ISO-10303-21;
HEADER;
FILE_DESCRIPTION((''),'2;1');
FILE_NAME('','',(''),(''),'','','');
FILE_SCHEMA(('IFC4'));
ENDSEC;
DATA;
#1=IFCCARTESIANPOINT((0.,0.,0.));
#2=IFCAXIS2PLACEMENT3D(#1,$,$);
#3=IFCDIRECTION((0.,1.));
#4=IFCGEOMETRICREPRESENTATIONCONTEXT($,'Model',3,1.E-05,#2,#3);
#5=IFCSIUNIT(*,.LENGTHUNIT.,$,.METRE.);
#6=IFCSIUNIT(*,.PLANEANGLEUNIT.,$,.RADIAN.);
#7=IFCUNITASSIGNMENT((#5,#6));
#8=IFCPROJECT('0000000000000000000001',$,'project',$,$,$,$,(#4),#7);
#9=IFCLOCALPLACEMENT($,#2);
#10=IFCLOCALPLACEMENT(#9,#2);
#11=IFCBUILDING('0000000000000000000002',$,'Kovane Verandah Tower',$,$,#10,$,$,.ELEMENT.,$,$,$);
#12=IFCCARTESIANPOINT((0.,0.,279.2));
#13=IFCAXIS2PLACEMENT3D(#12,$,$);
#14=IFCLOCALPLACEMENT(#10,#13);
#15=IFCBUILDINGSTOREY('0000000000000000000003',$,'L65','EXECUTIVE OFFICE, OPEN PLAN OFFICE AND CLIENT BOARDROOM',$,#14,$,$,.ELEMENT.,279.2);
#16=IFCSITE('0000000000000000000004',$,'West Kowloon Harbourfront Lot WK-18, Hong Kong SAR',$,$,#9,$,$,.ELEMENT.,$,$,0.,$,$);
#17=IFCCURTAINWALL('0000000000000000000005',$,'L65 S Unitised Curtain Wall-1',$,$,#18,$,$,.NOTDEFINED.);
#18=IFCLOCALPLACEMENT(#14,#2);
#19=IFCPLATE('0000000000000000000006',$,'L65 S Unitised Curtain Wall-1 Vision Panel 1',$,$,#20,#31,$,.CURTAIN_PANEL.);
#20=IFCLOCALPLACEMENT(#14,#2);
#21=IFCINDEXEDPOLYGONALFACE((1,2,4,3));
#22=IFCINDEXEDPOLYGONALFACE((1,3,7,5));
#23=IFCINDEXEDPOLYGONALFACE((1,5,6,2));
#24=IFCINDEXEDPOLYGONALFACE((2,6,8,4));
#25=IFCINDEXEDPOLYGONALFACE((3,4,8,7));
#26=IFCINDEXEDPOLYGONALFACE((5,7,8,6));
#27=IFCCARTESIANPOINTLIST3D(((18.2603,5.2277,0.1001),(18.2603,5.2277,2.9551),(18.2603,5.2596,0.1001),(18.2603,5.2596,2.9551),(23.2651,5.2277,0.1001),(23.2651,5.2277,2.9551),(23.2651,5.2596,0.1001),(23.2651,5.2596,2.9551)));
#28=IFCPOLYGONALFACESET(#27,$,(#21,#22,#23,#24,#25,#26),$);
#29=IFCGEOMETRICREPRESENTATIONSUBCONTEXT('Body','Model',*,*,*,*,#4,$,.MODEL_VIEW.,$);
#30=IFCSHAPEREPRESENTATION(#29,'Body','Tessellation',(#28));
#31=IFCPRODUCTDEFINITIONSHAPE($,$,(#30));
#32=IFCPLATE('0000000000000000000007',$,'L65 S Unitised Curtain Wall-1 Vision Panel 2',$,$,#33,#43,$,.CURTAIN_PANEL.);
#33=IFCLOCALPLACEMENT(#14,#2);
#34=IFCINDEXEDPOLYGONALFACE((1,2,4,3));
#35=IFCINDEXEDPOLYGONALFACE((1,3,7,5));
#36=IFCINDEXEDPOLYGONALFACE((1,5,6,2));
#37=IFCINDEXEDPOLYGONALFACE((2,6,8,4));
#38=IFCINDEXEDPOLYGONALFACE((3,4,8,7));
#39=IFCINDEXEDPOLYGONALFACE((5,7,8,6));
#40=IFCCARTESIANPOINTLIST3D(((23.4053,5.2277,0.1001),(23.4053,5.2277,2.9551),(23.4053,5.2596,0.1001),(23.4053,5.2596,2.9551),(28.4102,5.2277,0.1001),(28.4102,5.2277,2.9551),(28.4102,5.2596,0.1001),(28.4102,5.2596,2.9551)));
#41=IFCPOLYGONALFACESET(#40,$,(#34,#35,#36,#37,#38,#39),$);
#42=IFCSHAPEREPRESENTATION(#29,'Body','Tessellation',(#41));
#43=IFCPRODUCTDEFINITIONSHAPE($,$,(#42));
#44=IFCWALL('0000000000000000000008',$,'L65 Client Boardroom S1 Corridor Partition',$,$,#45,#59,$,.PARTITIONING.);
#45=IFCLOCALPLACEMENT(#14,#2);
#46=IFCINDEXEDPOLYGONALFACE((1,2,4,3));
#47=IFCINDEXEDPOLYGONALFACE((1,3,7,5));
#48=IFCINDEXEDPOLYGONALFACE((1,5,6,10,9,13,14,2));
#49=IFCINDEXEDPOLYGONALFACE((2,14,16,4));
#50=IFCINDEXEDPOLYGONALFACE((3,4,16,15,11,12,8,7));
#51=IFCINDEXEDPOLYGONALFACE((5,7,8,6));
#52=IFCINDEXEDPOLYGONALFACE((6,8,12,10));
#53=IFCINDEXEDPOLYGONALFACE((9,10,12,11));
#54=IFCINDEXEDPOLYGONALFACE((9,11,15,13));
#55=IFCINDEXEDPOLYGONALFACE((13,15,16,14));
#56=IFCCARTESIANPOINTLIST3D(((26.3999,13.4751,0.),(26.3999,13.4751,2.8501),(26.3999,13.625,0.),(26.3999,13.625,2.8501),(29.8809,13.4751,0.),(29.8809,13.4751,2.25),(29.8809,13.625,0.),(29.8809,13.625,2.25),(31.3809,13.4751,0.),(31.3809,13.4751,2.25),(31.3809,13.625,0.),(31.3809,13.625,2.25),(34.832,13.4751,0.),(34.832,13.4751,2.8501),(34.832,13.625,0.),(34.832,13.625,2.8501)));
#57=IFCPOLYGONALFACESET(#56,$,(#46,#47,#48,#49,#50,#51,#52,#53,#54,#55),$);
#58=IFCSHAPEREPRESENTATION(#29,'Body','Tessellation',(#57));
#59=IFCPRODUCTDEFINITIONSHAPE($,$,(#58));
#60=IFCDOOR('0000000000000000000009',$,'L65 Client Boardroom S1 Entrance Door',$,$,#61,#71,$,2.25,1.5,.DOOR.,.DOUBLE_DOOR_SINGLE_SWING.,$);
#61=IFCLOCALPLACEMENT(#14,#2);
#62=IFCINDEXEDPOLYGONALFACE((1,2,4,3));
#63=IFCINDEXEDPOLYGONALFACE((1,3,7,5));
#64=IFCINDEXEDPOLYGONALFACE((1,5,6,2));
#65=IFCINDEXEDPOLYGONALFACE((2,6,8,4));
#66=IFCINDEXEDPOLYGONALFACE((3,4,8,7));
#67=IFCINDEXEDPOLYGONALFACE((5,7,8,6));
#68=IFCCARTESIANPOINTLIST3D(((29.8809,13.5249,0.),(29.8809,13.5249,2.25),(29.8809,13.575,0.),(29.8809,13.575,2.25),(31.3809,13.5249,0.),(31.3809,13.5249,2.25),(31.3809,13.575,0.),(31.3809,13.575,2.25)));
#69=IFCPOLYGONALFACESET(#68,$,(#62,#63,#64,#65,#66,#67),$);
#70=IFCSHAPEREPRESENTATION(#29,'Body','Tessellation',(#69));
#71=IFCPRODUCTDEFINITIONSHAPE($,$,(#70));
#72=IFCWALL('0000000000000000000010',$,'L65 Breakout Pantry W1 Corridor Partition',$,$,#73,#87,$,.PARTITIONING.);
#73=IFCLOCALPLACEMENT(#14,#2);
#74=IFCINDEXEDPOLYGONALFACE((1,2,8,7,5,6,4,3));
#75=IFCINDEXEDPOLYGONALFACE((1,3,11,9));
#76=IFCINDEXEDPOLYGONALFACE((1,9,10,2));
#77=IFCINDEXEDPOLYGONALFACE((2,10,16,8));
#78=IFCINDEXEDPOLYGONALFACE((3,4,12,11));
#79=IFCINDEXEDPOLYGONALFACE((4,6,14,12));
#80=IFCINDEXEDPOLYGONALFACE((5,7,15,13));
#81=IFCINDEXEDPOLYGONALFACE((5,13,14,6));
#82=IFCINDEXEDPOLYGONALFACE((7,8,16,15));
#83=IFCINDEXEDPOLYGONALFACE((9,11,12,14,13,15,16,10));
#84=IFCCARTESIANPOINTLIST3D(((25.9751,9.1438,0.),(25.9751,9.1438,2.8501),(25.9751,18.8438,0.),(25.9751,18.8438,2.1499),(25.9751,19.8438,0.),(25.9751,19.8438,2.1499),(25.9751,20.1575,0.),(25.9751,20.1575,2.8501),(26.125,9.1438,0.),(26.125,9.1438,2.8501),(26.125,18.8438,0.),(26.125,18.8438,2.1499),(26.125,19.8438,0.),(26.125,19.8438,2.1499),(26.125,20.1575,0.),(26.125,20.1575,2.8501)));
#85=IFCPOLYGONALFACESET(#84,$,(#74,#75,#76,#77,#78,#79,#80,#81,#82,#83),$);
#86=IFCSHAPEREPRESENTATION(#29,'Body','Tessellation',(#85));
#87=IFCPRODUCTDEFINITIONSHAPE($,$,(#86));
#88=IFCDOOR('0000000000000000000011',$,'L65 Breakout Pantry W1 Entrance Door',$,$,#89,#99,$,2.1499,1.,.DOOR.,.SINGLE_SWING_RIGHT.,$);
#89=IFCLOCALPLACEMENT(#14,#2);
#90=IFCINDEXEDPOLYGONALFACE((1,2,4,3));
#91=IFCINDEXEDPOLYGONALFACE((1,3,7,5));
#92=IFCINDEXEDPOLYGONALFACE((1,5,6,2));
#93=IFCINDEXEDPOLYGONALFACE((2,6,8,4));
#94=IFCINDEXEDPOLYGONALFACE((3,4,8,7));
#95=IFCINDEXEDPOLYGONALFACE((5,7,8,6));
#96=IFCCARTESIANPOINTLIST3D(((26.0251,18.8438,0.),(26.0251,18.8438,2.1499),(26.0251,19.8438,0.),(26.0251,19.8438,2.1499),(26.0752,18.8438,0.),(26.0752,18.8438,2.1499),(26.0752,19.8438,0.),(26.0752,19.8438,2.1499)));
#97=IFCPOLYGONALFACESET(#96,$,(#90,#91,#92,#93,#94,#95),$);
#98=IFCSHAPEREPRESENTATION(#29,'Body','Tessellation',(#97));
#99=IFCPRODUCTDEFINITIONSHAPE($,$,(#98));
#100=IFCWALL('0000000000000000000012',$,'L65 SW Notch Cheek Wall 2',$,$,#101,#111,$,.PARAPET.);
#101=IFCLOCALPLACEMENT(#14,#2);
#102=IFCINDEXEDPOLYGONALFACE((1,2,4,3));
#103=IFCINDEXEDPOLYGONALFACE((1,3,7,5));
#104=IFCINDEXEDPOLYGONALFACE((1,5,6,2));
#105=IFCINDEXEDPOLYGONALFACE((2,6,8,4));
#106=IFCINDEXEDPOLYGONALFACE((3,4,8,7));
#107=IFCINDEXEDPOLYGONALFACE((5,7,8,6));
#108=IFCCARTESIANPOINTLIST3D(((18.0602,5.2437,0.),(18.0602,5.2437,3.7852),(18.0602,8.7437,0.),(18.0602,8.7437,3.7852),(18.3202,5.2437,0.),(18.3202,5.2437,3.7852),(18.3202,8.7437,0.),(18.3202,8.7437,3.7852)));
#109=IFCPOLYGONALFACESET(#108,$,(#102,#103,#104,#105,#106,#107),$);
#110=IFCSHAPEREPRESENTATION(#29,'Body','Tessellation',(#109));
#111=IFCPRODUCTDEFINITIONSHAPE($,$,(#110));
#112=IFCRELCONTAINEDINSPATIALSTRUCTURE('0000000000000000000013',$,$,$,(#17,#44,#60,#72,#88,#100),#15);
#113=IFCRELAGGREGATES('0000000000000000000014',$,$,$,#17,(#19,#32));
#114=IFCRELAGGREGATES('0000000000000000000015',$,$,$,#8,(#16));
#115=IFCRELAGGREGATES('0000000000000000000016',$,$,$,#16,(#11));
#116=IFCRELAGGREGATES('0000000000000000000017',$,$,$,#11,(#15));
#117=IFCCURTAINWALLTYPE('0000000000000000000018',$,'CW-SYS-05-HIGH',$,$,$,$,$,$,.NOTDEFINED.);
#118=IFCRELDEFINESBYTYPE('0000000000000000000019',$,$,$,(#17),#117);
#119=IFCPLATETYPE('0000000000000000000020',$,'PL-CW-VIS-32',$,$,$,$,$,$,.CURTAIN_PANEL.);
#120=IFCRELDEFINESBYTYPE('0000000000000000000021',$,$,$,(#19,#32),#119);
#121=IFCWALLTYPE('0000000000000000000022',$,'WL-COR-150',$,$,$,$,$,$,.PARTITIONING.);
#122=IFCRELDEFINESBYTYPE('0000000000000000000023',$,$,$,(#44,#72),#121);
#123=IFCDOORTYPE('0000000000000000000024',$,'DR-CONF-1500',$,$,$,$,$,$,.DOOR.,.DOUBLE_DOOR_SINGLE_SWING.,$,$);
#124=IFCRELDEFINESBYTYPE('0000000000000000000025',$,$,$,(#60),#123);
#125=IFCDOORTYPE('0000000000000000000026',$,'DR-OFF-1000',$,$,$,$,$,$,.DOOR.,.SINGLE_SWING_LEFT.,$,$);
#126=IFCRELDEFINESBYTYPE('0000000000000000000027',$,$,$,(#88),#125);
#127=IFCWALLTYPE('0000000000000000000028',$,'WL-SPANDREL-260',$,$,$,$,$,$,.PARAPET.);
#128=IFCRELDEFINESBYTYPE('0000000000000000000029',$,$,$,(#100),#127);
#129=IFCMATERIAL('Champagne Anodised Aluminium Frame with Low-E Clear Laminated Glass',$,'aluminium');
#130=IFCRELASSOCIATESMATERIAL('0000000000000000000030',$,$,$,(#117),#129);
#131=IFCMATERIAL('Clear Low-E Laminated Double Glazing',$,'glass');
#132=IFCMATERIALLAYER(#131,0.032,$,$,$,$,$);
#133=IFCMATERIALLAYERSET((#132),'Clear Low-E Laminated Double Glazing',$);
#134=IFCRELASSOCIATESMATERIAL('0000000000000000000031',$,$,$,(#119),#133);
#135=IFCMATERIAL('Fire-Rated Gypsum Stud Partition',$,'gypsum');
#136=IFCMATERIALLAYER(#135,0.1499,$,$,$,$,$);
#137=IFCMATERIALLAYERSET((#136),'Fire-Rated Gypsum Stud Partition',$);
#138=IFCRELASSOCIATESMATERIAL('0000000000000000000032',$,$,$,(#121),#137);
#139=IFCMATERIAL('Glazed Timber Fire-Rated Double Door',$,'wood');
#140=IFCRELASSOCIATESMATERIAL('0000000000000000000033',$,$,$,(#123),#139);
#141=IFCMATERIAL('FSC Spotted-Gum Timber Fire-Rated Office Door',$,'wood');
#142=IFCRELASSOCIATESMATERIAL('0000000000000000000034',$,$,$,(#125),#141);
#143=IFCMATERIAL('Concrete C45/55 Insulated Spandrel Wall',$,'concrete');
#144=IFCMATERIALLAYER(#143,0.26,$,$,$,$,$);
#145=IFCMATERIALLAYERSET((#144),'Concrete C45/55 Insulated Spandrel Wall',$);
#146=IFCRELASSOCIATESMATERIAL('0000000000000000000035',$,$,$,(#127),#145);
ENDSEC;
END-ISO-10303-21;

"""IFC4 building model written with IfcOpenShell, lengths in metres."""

from ifc_helpers import new_model, si_unit, direction, frame, frame_2d, origin, origin_2d, place, context, subcontext, project, spatial, rectangle, extrude, material, layer, layer_set, type_object, element, fill, aggregate, save


model = new_model("IFC4")

# Units and contexts
model_context = context("Model", 3, precision=1e-05, world=origin(), true_north=direction((0.0, 1.0)))
body_context = subcontext(model_context, "Body", "Model", "MODEL_VIEW")
ifc_project = project(units=[si_unit("LENGTHUNIT", "METRE"), si_unit("PLANEANGLEUNIT", "RADIAN")], contexts=[model_context])

# Site, building, storey
site_placement = place(None, origin())
site = spatial("IfcSite", under=ifc_project, at=site_placement, Name="West Kowloon Harbourfront Lot WK-18, Hong Kong SAR", CompositionType="ELEMENT", RefElevation=0.0)
building_placement = place(site_placement, origin())
building = spatial("IfcBuilding", under=site, at=building_placement, Name="Kovane Verandah Tower", CompositionType="ELEMENT")
storey_placement = place(building_placement, frame((0.0, 0.0, 279.2)))
storey = spatial("IfcBuildingStorey", under=building, at=storey_placement, Name="L65", Description="EXECUTIVE OFFICE, OPEN PLAN OFFICE AND CLIENT BOARDROOM", CompositionType="ELEMENT", Elevation=279.2)

# Curtain wall
ifc_material_1 = material(Name="Champagne Anodised Aluminium Frame with Low-E Clear Laminated Glass", Category="aluminium")
curtain_wall_type = type_object("IfcCurtainWallType", Name="CW-SYS-05-HIGH", PredefinedType="NOTDEFINED", material=ifc_material_1)
curtain_wall_placement = place(storey_placement, origin())
curtain_wall = element("IfcCurtainWall", 1, at=curtain_wall_placement, inside=storey, type_object=curtain_wall_type, Name="L65 S Unitised Curtain Wall-1", PredefinedType="NOTDEFINED")

# Plates
ifc_material_2 = material(Name="Clear Low-E Laminated Double Glazing", Category="glass")
ifc_layer_1 = layer(ifc_material_2, 0.032)
ifc_layer_set_1 = layer_set([ifc_layer_1], Name="Clear Low-E Laminated Double Glazing")
plate_type_1 = type_object("IfcPlateType", Name="PL-CW-VIS-32", PredefinedType="CURTAIN_PANEL", material=ifc_layer_set_1)
plate_1_placement = place(storey_placement, frame((20.7627, 5.2437, 0.1001), z_axis=(0.0, 0.0, 1.0), x_axis=(1.0, 0.0, 0.0)))
plate_1 = element("IfcPlate", 2, at=plate_1_placement, type_object=plate_type_1, Name="L65 S Unitised Curtain Wall-1 Vision Panel 1", PredefinedType="CURTAIN_PANEL", context=body_context, shape_type="SweptSolid", body=[
    extrude(rectangle(XDim=5.0049, YDim=0.032, at=origin_2d()), origin(), (0.0, 0.0, 1.0), 2.855),
])
plate_2_placement = place(storey_placement, frame((25.9077, 5.2437, 0.1001), z_axis=(0.0, 0.0, 1.0), x_axis=(1.0, 0.0, 0.0)))
plate_2 = element("IfcPlate", 3, at=plate_2_placement, type_object=plate_type_1, Name="L65 S Unitised Curtain Wall-1 Vision Panel 2", PredefinedType="CURTAIN_PANEL", context=body_context, shape_type="SweptSolid", body=[
    extrude(rectangle(XDim=5.0049, YDim=0.032, at=origin_2d()), origin(), (0.0, 0.0, 1.0), 2.855),
])
aggregate(curtain_wall, [plate_1, plate_2])

# Walls, openings, doors
ifc_material_3 = material(Name="Fire-Rated Gypsum Stud Partition", Category="gypsum")
ifc_layer_2 = layer(ifc_material_3, 0.1499)
ifc_layer_set_2 = layer_set([ifc_layer_2], Name="Fire-Rated Gypsum Stud Partition")
wall_type_1 = type_object("IfcWallType", Name="WL-COR-150", PredefinedType="PARTITIONING", material=ifc_layer_set_2)
wall_1_placement = place(storey_placement, frame((26.3999, 13.55, 0.0), z_axis=(0.0, 0.0, 1.0), x_axis=(1.0, 0.0, 0.0)))
wall_1 = element("IfcWall", 4, at=wall_1_placement, inside=storey, type_object=wall_type_1, Name="L65 Client Boardroom S1 Corridor Partition", PredefinedType="PARTITIONING", context=body_context, shape_type="SweptSolid", body=[
    extrude(rectangle(XDim=8.4321, YDim=0.1499, at=frame_2d((4.2161, 0.0))), origin(), (0.0, 0.0, 1.0), 2.8501),
])
opening_1_placement = place(wall_1_placement, frame((3.481, 0.0, 0.0)))
opening_1 = element("IfcOpeningElement", 5, at=opening_1_placement, cuts=wall_1, PredefinedType="OPENING", context=body_context, shape_type="SweptSolid", body=[
    extrude(rectangle(XDim=1.5, YDim=2.25, at=frame_2d((0.75, 1.125))), frame((0.0, 0.075, 0.0), z_axis=(0.0, -1.0, 0.0), x_axis=(1.0, 0.0, 0.0)), (0.0, 0.0, 1.0), 0.1499),
])
ifc_material_4 = material(Name="Glazed Timber Fire-Rated Double Door", Category="wood")
door_type_1 = type_object("IfcDoorType", Name="DR-CONF-1500", OperationType="DOUBLE_DOOR_SINGLE_SWING", PredefinedType="DOOR", material=ifc_material_4)
door_1_placement = place(opening_1_placement, origin())
door_1 = element("IfcDoor", 6, at=door_1_placement, inside=storey, type_object=door_type_1, Name="L65 Client Boardroom S1 Entrance Door", OperationType="DOUBLE_DOOR_SINGLE_SWING", OverallHeight=2.25, OverallWidth=1.5, PredefinedType="DOOR", context=body_context, shape_type="SweptSolid", body=[
    extrude(rectangle(XDim=1.5, YDim=2.25, at=frame_2d((0.75, 1.125))), frame((0.0, 0.0249, 0.0), z_axis=(0.0, -1.0, 0.0), x_axis=(1.0, 0.0, 0.0)), (0.0, 0.0, 1.0), 0.05),
])
fill(opening_1, door_1)
wall_2_placement = place(storey_placement, frame((26.05, 9.1438, 0.0), z_axis=(0.0, 0.0, 1.0), x_axis=(0.0, 1.0, 0.0)))
wall_2 = element("IfcWall", 7, at=wall_2_placement, inside=storey, type_object=wall_type_1, Name="L65 Breakout Pantry W1 Corridor Partition", PredefinedType="PARTITIONING", context=body_context, shape_type="SweptSolid", body=[
    extrude(rectangle(XDim=11.0137, YDim=0.1499, at=frame_2d((5.5068, 0.0))), origin(), (0.0, 0.0, 1.0), 2.8501),
])
opening_2_placement = place(wall_2_placement, frame((9.7, 0.0, 0.0)))
opening_2 = element("IfcOpeningElement", 8, at=opening_2_placement, cuts=wall_2, PredefinedType="OPENING", context=body_context, shape_type="SweptSolid", body=[
    extrude(rectangle(XDim=1.0, YDim=2.1499, at=frame_2d((0.5, 1.075))), frame((0.0, 0.075, 0.0), z_axis=(0.0, -1.0, 0.0), x_axis=(1.0, 0.0, 0.0)), (0.0, 0.0, 1.0), 0.1499),
])
ifc_material_5 = material(Name="FSC Spotted-Gum Timber Fire-Rated Office Door", Category="wood")
door_type_2 = type_object("IfcDoorType", Name="DR-OFF-1000", OperationType="SINGLE_SWING_LEFT", PredefinedType="DOOR", material=ifc_material_5)
door_2_placement = place(opening_2_placement, origin())
door_2 = element("IfcDoor", 9, at=door_2_placement, inside=storey, type_object=door_type_2, Name="L65 Breakout Pantry W1 Entrance Door", OperationType="SINGLE_SWING_RIGHT", OverallHeight=2.1499, OverallWidth=1.0, PredefinedType="DOOR", context=body_context, shape_type="SweptSolid", body=[
    extrude(rectangle(XDim=1.0, YDim=2.1499, at=frame_2d((0.5, 1.075))), frame((0.0, 0.0249, 0.0), z_axis=(0.0, -1.0, 0.0), x_axis=(1.0, 0.0, 0.0)), (0.0, 0.0, 1.0), 0.05),
])
fill(opening_2, door_2)

# Wall
ifc_material_6 = material(Name="Concrete C45/55 Insulated Spandrel Wall", Category="concrete")
ifc_layer_3 = layer(ifc_material_6, 0.26)
ifc_layer_set_3 = layer_set([ifc_layer_3], Name="Concrete C45/55 Insulated Spandrel Wall")
wall_type_2 = type_object("IfcWallType", Name="WL-SPANDREL-260", PredefinedType="PARAPET", material=ifc_layer_set_3)
wall_3_placement = place(storey_placement, frame((18.1902, 8.7437, 0.0), z_axis=(0.0, 0.0, 1.0), x_axis=(0.0, -1.0, 0.0)))
element("IfcWall", 10, at=wall_3_placement, inside=storey, type_object=wall_type_2, Name="L65 SW Notch Cheek Wall 2", PredefinedType="PARAPET", context=body_context, shape_type="SweptSolid", body=[
    extrude(rectangle(XDim=3.5, YDim=0.26, at=frame_2d((1.75, 0.0))), origin(), (0.0, 0.0, 1.0), 3.7852),
])

save(model, "model.ifc")
